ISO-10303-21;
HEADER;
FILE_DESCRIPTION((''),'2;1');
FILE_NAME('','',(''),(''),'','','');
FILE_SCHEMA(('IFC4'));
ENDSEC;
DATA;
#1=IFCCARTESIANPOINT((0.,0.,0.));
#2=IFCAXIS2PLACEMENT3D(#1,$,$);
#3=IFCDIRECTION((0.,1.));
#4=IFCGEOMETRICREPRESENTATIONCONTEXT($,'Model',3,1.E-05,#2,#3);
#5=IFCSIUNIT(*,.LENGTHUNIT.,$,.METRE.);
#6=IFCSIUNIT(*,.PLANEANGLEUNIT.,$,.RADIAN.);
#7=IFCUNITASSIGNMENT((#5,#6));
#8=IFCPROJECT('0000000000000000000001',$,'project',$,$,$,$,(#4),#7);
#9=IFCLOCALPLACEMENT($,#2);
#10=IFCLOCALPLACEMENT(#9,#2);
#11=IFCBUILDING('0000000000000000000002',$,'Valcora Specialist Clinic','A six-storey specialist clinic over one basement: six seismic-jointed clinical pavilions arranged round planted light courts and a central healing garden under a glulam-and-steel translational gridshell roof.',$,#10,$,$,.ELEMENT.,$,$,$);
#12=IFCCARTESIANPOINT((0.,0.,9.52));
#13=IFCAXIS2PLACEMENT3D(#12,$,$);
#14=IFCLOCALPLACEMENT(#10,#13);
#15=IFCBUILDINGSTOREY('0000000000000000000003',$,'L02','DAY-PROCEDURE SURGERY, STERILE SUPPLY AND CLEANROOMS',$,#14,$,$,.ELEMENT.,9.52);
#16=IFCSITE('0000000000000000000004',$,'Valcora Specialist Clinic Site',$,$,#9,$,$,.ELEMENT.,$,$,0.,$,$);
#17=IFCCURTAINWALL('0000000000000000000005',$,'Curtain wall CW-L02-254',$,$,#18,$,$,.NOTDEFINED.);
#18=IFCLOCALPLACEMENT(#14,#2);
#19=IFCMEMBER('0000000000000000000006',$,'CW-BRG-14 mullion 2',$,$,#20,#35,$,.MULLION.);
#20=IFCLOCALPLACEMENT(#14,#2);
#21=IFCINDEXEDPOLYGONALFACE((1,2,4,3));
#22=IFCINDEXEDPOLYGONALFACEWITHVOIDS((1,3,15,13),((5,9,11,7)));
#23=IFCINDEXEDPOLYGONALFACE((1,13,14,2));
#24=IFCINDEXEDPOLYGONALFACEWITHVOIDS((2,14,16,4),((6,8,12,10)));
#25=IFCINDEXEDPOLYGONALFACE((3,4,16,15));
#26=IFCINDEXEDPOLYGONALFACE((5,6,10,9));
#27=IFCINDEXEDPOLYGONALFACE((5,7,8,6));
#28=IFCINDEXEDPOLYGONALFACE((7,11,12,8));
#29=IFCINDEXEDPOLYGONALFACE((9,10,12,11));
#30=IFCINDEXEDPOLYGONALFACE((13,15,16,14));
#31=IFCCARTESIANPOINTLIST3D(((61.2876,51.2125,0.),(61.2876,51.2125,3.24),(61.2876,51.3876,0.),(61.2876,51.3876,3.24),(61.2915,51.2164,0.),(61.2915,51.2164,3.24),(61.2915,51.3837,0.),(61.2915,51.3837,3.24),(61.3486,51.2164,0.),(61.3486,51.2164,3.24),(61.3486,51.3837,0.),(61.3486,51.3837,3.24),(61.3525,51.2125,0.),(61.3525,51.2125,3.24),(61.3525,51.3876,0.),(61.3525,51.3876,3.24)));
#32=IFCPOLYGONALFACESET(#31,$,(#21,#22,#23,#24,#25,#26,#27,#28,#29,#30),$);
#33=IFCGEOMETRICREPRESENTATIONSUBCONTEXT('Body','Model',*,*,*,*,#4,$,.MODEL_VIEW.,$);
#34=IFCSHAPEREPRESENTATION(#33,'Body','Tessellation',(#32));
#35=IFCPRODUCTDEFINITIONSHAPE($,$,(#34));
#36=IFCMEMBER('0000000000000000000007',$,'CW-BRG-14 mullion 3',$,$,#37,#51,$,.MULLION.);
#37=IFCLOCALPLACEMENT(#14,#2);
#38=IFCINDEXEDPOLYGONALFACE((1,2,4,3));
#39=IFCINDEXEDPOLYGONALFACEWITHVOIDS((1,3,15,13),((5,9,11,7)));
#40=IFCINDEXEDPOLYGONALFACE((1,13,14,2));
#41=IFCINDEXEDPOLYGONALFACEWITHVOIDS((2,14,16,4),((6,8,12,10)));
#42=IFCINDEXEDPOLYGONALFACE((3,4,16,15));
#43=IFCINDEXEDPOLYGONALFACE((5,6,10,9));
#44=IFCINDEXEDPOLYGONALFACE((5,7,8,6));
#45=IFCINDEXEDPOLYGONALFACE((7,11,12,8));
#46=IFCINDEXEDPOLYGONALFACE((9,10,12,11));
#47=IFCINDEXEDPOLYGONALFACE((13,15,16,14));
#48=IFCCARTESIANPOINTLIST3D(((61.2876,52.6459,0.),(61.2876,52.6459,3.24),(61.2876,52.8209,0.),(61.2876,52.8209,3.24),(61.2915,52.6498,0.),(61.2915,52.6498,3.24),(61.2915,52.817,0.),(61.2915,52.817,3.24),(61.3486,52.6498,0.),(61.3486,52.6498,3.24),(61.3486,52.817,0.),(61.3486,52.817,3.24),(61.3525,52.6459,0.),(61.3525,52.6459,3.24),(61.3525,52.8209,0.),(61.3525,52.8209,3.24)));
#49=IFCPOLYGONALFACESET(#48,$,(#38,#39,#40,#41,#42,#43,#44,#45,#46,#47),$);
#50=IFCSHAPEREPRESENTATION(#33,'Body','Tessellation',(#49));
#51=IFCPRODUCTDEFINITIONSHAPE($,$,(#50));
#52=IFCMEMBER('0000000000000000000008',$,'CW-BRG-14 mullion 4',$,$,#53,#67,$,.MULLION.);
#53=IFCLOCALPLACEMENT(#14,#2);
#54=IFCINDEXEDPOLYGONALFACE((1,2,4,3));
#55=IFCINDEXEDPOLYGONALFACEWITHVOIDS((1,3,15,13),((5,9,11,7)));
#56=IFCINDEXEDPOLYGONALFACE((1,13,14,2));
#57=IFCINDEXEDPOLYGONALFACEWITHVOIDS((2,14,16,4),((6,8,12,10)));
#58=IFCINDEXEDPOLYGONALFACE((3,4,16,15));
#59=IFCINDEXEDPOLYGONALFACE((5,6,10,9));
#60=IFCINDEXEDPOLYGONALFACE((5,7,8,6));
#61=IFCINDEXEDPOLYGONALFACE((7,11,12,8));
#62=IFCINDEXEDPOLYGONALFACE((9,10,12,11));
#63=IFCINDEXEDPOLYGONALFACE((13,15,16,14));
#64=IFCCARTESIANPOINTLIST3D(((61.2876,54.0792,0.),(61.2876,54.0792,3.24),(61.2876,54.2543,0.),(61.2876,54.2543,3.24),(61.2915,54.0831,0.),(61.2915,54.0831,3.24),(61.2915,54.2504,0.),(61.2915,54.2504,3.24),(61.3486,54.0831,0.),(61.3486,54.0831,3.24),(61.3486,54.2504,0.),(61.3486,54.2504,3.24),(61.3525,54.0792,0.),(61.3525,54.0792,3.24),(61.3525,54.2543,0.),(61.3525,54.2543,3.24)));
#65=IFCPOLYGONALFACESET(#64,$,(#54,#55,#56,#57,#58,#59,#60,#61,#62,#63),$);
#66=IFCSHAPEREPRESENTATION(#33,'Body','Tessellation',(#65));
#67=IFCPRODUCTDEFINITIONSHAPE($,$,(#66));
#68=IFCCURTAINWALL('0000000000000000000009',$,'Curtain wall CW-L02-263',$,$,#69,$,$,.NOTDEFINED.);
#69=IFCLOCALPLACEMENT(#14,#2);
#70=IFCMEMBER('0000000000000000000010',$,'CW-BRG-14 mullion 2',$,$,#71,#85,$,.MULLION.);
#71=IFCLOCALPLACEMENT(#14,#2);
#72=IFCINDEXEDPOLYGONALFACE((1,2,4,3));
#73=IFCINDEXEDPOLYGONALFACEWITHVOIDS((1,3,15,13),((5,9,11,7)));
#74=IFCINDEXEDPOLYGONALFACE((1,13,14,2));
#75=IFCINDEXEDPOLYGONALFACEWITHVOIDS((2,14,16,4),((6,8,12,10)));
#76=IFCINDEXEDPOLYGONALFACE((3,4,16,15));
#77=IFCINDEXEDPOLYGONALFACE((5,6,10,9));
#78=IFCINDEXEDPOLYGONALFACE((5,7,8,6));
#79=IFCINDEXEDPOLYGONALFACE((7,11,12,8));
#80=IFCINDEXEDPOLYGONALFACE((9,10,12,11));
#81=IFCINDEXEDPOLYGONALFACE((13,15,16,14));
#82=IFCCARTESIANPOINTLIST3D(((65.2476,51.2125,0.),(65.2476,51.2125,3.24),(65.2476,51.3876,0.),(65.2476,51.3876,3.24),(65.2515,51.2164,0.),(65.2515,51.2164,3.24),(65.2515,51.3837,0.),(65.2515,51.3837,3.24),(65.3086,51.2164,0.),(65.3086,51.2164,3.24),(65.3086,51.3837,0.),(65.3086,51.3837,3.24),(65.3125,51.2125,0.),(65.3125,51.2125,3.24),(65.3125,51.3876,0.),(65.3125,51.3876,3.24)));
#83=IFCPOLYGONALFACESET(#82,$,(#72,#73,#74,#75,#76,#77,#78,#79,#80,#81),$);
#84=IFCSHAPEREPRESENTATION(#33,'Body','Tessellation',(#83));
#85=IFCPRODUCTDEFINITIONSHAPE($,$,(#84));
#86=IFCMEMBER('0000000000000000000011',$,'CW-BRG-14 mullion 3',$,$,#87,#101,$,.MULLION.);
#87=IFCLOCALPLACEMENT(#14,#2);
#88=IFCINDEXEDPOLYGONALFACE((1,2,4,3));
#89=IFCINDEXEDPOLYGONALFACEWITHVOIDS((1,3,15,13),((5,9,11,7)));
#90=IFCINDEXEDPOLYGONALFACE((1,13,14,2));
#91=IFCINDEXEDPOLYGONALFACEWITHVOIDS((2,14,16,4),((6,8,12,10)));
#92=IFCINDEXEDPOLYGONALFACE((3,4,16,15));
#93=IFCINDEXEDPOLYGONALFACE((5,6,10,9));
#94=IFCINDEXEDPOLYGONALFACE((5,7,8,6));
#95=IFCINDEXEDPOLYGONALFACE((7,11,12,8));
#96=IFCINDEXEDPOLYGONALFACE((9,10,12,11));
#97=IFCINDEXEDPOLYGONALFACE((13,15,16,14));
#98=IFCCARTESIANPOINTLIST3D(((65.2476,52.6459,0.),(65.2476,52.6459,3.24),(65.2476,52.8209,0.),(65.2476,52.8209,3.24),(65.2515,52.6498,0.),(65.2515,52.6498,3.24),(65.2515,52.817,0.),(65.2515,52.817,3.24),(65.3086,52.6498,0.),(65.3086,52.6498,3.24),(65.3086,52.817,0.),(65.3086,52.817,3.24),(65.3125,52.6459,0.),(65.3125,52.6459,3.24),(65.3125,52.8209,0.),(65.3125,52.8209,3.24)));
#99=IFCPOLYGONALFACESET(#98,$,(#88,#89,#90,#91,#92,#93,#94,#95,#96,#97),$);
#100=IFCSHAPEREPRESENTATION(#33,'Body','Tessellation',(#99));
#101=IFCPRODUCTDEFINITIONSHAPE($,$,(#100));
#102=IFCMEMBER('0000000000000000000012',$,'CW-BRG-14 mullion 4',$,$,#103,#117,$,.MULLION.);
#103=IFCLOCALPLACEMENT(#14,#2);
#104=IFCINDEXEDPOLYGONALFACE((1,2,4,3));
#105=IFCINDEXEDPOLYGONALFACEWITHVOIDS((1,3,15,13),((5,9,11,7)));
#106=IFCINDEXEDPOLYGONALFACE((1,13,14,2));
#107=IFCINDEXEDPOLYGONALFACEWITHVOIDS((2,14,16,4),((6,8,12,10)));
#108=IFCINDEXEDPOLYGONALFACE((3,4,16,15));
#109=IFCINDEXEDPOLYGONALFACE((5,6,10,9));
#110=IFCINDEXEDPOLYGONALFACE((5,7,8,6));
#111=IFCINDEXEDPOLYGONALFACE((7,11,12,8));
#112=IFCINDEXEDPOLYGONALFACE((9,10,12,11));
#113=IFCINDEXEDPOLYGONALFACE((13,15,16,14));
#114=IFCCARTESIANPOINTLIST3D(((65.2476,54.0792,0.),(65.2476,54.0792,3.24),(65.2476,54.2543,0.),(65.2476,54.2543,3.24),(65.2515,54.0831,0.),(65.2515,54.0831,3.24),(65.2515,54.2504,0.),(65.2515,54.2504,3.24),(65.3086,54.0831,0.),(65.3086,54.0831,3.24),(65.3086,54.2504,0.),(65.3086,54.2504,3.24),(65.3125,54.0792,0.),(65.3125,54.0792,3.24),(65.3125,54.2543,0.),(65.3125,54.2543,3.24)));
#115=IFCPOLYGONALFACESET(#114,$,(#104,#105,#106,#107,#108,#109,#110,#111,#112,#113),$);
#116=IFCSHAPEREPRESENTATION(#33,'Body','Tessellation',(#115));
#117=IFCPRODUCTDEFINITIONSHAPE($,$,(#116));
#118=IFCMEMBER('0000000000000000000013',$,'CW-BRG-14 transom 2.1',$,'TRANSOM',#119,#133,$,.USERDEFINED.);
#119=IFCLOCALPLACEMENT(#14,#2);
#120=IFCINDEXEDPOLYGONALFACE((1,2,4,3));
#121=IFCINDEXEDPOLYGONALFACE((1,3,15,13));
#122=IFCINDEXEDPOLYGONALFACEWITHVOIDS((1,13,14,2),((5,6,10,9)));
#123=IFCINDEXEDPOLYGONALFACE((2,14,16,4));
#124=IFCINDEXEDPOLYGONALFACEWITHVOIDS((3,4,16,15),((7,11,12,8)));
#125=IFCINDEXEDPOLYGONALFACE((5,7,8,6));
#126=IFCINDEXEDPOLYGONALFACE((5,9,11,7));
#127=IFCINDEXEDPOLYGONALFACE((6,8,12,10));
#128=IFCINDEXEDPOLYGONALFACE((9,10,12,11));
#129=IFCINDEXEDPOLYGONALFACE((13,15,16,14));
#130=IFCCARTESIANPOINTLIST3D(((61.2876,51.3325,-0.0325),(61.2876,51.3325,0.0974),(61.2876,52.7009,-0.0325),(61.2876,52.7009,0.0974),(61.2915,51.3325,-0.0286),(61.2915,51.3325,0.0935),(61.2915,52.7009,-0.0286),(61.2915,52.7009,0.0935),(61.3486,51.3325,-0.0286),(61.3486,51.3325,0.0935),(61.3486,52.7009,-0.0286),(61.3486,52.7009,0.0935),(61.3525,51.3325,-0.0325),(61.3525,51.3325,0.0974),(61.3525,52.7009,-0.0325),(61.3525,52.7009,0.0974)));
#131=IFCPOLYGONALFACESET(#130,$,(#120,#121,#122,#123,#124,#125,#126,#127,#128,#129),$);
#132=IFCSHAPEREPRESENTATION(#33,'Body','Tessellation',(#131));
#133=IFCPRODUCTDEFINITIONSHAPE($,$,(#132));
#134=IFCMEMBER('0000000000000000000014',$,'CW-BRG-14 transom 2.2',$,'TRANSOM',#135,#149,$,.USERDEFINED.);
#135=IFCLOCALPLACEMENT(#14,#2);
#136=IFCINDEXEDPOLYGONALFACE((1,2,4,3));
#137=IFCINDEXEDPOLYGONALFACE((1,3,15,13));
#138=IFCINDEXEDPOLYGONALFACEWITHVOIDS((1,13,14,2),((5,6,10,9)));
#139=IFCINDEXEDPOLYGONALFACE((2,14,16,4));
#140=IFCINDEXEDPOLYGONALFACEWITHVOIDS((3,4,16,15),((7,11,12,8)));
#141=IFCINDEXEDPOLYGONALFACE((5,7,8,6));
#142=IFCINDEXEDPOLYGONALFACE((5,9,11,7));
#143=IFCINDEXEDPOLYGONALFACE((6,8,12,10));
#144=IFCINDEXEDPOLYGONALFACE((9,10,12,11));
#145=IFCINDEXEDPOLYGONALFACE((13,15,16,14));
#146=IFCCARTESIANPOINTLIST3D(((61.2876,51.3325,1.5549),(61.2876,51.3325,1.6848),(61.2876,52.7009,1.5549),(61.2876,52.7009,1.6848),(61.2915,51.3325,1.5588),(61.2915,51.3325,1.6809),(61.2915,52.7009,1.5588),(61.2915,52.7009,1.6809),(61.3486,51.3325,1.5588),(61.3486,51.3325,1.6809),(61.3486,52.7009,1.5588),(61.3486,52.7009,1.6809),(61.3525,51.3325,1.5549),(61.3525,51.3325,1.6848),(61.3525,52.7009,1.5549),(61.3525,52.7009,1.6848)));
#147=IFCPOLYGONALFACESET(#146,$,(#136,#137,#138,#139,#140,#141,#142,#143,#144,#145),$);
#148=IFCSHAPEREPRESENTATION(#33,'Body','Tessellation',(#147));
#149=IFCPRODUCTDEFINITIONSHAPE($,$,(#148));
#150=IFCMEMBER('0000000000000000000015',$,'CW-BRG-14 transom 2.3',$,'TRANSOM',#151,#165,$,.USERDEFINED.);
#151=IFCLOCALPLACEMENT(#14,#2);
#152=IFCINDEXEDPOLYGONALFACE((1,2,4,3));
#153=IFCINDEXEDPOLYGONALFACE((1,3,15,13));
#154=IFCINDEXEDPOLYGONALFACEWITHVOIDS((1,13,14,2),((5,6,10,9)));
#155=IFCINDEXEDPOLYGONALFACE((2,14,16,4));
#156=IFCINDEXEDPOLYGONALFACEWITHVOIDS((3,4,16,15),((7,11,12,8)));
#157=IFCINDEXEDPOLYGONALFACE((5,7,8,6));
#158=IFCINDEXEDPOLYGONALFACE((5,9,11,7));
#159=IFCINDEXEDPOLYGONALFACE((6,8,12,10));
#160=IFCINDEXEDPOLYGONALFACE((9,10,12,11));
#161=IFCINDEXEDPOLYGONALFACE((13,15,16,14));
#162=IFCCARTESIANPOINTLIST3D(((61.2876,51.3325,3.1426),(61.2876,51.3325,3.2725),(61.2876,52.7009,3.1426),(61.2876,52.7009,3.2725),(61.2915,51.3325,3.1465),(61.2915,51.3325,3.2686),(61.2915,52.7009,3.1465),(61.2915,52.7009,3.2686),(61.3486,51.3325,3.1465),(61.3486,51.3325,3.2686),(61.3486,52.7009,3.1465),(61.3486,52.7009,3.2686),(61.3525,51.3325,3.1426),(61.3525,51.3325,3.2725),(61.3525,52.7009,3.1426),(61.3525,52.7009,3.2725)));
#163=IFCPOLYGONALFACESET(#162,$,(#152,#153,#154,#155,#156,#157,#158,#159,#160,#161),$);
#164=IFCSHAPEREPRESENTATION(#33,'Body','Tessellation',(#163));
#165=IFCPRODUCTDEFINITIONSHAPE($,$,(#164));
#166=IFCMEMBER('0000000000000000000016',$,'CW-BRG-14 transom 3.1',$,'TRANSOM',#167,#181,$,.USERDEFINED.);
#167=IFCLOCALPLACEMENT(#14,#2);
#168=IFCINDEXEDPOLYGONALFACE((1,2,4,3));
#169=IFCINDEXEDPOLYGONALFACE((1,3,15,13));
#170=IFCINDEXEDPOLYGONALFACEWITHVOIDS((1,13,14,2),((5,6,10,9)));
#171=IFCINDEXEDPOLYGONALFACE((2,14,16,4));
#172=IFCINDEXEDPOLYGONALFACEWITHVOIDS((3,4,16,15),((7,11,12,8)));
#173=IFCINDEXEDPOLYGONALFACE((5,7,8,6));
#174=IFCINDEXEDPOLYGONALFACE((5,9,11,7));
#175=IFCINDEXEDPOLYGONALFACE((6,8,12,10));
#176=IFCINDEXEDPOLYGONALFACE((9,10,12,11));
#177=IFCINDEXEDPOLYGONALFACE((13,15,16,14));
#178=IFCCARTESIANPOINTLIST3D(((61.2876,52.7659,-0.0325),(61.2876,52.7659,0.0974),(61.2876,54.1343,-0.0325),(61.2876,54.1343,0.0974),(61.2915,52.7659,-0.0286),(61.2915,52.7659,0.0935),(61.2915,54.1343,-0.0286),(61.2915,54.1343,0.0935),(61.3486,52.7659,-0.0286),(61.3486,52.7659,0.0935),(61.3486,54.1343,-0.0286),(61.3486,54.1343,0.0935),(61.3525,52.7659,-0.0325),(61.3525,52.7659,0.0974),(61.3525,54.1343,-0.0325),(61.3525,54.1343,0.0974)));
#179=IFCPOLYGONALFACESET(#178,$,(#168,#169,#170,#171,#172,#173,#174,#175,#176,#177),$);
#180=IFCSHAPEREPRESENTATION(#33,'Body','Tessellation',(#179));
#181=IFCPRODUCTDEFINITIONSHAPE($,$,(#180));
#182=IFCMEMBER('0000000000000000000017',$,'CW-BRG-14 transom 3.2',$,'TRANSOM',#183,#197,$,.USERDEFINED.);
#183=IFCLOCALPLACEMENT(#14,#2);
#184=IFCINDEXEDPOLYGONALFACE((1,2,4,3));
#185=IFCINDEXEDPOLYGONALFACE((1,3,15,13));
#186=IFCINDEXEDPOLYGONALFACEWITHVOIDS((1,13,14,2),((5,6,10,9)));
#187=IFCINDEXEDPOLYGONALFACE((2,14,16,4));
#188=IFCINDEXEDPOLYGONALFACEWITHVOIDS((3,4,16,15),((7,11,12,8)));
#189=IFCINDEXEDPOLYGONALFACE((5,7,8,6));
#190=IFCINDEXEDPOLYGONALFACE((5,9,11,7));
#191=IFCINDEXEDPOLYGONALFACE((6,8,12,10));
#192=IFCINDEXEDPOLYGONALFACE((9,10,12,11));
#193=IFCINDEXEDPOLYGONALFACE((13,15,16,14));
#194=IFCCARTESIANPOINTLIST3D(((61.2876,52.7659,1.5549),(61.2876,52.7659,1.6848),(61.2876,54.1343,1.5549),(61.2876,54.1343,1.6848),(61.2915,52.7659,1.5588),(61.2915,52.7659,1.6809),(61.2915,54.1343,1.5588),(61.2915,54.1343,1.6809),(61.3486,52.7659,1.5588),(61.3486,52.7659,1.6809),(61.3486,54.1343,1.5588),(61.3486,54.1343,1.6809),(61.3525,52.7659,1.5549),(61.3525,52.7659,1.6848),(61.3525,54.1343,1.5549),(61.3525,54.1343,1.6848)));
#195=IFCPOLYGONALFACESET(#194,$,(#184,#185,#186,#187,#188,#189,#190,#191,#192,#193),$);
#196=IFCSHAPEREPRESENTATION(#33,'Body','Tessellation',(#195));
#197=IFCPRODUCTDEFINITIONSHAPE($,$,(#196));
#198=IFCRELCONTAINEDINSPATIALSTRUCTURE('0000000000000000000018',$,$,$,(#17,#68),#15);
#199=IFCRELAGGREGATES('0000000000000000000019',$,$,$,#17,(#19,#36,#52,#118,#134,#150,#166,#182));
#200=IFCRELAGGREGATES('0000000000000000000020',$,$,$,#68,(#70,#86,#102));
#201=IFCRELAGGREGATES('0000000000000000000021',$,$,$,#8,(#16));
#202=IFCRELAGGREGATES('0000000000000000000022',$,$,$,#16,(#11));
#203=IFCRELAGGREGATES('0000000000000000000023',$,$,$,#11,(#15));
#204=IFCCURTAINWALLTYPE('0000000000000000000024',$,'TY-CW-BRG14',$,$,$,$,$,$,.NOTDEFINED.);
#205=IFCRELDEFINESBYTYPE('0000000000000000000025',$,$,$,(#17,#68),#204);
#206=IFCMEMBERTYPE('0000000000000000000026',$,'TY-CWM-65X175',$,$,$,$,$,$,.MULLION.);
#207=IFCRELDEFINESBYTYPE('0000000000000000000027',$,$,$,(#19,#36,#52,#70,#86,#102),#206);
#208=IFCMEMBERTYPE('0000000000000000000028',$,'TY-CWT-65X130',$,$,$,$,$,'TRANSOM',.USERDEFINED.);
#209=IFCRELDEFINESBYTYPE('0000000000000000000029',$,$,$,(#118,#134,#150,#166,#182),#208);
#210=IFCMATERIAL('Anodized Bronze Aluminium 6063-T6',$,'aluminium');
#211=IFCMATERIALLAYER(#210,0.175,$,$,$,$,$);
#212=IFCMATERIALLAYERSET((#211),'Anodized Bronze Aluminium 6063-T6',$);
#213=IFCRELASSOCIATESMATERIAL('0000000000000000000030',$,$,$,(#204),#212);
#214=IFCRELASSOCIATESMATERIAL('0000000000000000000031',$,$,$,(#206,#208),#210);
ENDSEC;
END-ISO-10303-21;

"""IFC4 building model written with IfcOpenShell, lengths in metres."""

from ifc_helpers import new_model, si_unit, direction, frame, origin, origin_2d, place, context, subcontext, project, spatial, hollow_rectangle, extrude, material, layer, layer_set, material_profile, profile_set, type_object, element, aggregate, save


model = new_model("IFC4")

# Units and contexts
model_context = context("Model", 3, precision=1e-05, world=origin(), true_north=direction((0.0, 1.0)))
body_context = subcontext(model_context, "Body", "Model", "MODEL_VIEW")
ifc_project = project(units=[si_unit("LENGTHUNIT", "METRE"), si_unit("PLANEANGLEUNIT", "RADIAN")], contexts=[model_context])

# Site, building, storey
site_placement = place(None, origin())
site = spatial("IfcSite", under=ifc_project, at=site_placement, Name="Valcora Specialist Clinic Site", CompositionType="ELEMENT", RefElevation=0.0)
building_placement = place(site_placement, origin())
building = spatial("IfcBuilding", under=site, at=building_placement, Name="Valcora Specialist Clinic", Description="A six-storey specialist clinic over one basement: six seismic-jointed clinical pavilions arranged round planted light courts and a central healing garden under a glulam-and-steel translational gridshell roof.", CompositionType="ELEMENT")
storey_placement = place(building_placement, frame((0.0, 0.0, 9.52)))
storey = spatial("IfcBuildingStorey", under=building, at=storey_placement, Name="L02", Description="DAY-PROCEDURE SURGERY, STERILE SUPPLY AND CLEANROOMS", CompositionType="ELEMENT", Elevation=9.52)

# Curtain walls, members
ifc_material_1 = material(Name="Anodized Bronze Aluminium 6063-T6", Category="aluminium")
ifc_layer_1 = layer(ifc_material_1, 0.175)
ifc_layer_set_1 = layer_set([ifc_layer_1], Name="Anodized Bronze Aluminium 6063-T6")
curtain_wall_type = type_object("IfcCurtainWallType", Name="TY-CW-BRG14", PredefinedType="NOTDEFINED", material=ifc_layer_set_1)
curtain_wall_1_placement = place(storey_placement, origin())
curtain_wall_1 = element("IfcCurtainWall", 1, at=curtain_wall_1_placement, inside=storey, type_object=curtain_wall_type, Name="Curtain wall CW-L02-254", PredefinedType="NOTDEFINED")
ifc_material_profile_1 = material_profile(ifc_material_1, hollow_rectangle(XDim=0.0649, YDim=0.175, WallThickness=0.0039, at=origin_2d()), Name="AL-MUL-65X175")
ifc_profile_set_1 = profile_set([ifc_material_profile_1], Name="Anodized Bronze Aluminium 6063-T6")
member_type_1 = type_object("IfcMemberType", Name="TY-CWM-65X175", PredefinedType="MULLION", material=ifc_profile_set_1)
member_1_placement = place(storey_placement, frame((61.3201, 51.3, 0.0), z_axis=(0.0, 0.0, 1.0), x_axis=(-1.0, 0.0, 0.0)))
member_1 = element("IfcMember", 2, at=member_1_placement, type_object=member_type_1, Name="CW-BRG-14 mullion 2", PredefinedType="MULLION", context=body_context, shape_type="SweptSolid", body=[
    extrude(hollow_rectangle(XDim=0.0649, YDim=0.175, WallThickness=0.0039, at=origin_2d()), origin(), (0.0, 0.0, 1.0), 3.24),
])
member_2_placement = place(storey_placement, frame((61.3201, 52.7334, 0.0), z_axis=(0.0, 0.0, 1.0), x_axis=(-1.0, 0.0, 0.0)))
member_2 = element("IfcMember", 3, at=member_2_placement, type_object=member_type_1, Name="CW-BRG-14 mullion 3", PredefinedType="MULLION", context=body_context, shape_type="SweptSolid", body=[
    extrude(hollow_rectangle(XDim=0.0649, YDim=0.175, WallThickness=0.0039, at=origin_2d()), origin(), (0.0, 0.0, 1.0), 3.24),
])
member_3_placement = place(storey_placement, frame((61.3201, 54.1667, 0.0), z_axis=(0.0, 0.0, 1.0), x_axis=(-1.0, 0.0, 0.0)))
member_3 = element("IfcMember", 4, at=member_3_placement, type_object=member_type_1, Name="CW-BRG-14 mullion 4", PredefinedType="MULLION", context=body_context, shape_type="SweptSolid", body=[
    extrude(hollow_rectangle(XDim=0.0649, YDim=0.175, WallThickness=0.0039, at=origin_2d()), origin(), (0.0, 0.0, 1.0), 3.24),
])
curtain_wall_2_placement = place(storey_placement, origin())
curtain_wall_2 = element("IfcCurtainWall", 5, at=curtain_wall_2_placement, inside=storey, type_object=curtain_wall_type, Name="Curtain wall CW-L02-263", PredefinedType="NOTDEFINED")
member_4_placement = place(storey_placement, frame((65.28, 51.3, 0.0), z_axis=(0.0, 0.0, 1.0), x_axis=(-1.0, 0.0, 0.0)))
member_4 = element("IfcMember", 6, at=member_4_placement, type_object=member_type_1, Name="CW-BRG-14 mullion 2", PredefinedType="MULLION", context=body_context, shape_type="SweptSolid", body=[
    extrude(hollow_rectangle(XDim=0.0649, YDim=0.175, WallThickness=0.0039, at=origin_2d()), origin(), (0.0, 0.0, 1.0), 3.24),
])
member_5_placement = place(storey_placement, frame((65.28, 52.7334, 0.0), z_axis=(0.0, 0.0, 1.0), x_axis=(-1.0, 0.0, 0.0)))
member_5 = element("IfcMember", 7, at=member_5_placement, type_object=member_type_1, Name="CW-BRG-14 mullion 3", PredefinedType="MULLION", context=body_context, shape_type="SweptSolid", body=[
    extrude(hollow_rectangle(XDim=0.0649, YDim=0.175, WallThickness=0.0039, at=origin_2d()), origin(), (0.0, 0.0, 1.0), 3.24),
])
member_6_placement = place(storey_placement, frame((65.28, 54.1667, 0.0), z_axis=(0.0, 0.0, 1.0), x_axis=(-1.0, 0.0, 0.0)))
member_6 = element("IfcMember", 8, at=member_6_placement, type_object=member_type_1, Name="CW-BRG-14 mullion 4", PredefinedType="MULLION", context=body_context, shape_type="SweptSolid", body=[
    extrude(hollow_rectangle(XDim=0.0649, YDim=0.175, WallThickness=0.0039, at=origin_2d()), origin(), (0.0, 0.0, 1.0), 3.24),
])

# Members
ifc_material_profile_2 = material_profile(ifc_material_1, hollow_rectangle(XDim=0.0649, YDim=0.1299, WallThickness=0.0039, at=origin_2d()), Name="AL-TRN-65X130")
ifc_profile_set_2 = profile_set([ifc_material_profile_2], Name="Anodized Bronze Aluminium 6063-T6")
member_type_2 = type_object("IfcMemberType", Name="TY-CWT-65X130", ElementType="TRANSOM", PredefinedType="USERDEFINED", material=ifc_profile_set_2)
member_7_placement = place(storey_placement, frame((61.3201, 51.3325, 0.0325), z_axis=(0.0, 1.0, 0.0), x_axis=(-1.0, 0.0, 0.0)))
member_7 = element("IfcMember", 9, at=member_7_placement, type_object=member_type_2, Name="CW-BRG-14 transom 2.1", ObjectType="TRANSOM", PredefinedType="USERDEFINED", context=body_context, shape_type="SweptSolid", body=[
    extrude(hollow_rectangle(XDim=0.0649, YDim=0.1299, WallThickness=0.0039, at=origin_2d()), origin(), (0.0, 0.0, 1.0), 1.3684),
])
member_8_placement = place(storey_placement, frame((61.3201, 51.3325, 1.6199), z_axis=(0.0, 1.0, 0.0), x_axis=(-1.0, 0.0, 0.0)))
member_8 = element("IfcMember", 10, at=member_8_placement, type_object=member_type_2, Name="CW-BRG-14 transom 2.2", ObjectType="TRANSOM", PredefinedType="USERDEFINED", context=body_context, shape_type="SweptSolid", body=[
    extrude(hollow_rectangle(XDim=0.0649, YDim=0.1299, WallThickness=0.0039, at=origin_2d()), origin(), (0.0, 0.0, 1.0), 1.3684),
])
member_9_placement = place(storey_placement, frame((61.3201, 51.3325, 3.2075), z_axis=(0.0, 1.0, 0.0), x_axis=(-1.0, 0.0, 0.0)))
member_9 = element("IfcMember", 11, at=member_9_placement, type_object=member_type_2, Name="CW-BRG-14 transom 2.3", ObjectType="TRANSOM", PredefinedType="USERDEFINED", context=body_context, shape_type="SweptSolid", body=[
    extrude(hollow_rectangle(XDim=0.0649, YDim=0.1299, WallThickness=0.0039, at=origin_2d()), origin(), (0.0, 0.0, 1.0), 1.3684),
])
member_10_placement = place(storey_placement, frame((61.3201, 52.7659, 0.0325), z_axis=(0.0, 1.0, 0.0), x_axis=(-1.0, 0.0, 0.0)))
member_10 = element("IfcMember", 12, at=member_10_placement, type_object=member_type_2, Name="CW-BRG-14 transom 3.1", ObjectType="TRANSOM", PredefinedType="USERDEFINED", context=body_context, shape_type="SweptSolid", body=[
    extrude(hollow_rectangle(XDim=0.0649, YDim=0.1299, WallThickness=0.0039, at=origin_2d()), origin(), (0.0, 0.0, 1.0), 1.3684),
])
member_11_placement = place(storey_placement, frame((61.3201, 52.7659, 1.6199), z_axis=(0.0, 1.0, 0.0), x_axis=(-1.0, 0.0, 0.0)))
member_11 = element("IfcMember", 13, at=member_11_placement, type_object=member_type_2, Name="CW-BRG-14 transom 3.2", ObjectType="TRANSOM", PredefinedType="USERDEFINED", context=body_context, shape_type="SweptSolid", body=[
    extrude(hollow_rectangle(XDim=0.0649, YDim=0.1299, WallThickness=0.0039, at=origin_2d()), origin(), (0.0, 0.0, 1.0), 1.3684),
])

aggregate(curtain_wall_1, [member_1, member_2, member_3, member_7, member_8, member_9, member_10, member_11])
aggregate(curtain_wall_2, [member_4, member_5, member_6])

save(model, "model.ifc")
